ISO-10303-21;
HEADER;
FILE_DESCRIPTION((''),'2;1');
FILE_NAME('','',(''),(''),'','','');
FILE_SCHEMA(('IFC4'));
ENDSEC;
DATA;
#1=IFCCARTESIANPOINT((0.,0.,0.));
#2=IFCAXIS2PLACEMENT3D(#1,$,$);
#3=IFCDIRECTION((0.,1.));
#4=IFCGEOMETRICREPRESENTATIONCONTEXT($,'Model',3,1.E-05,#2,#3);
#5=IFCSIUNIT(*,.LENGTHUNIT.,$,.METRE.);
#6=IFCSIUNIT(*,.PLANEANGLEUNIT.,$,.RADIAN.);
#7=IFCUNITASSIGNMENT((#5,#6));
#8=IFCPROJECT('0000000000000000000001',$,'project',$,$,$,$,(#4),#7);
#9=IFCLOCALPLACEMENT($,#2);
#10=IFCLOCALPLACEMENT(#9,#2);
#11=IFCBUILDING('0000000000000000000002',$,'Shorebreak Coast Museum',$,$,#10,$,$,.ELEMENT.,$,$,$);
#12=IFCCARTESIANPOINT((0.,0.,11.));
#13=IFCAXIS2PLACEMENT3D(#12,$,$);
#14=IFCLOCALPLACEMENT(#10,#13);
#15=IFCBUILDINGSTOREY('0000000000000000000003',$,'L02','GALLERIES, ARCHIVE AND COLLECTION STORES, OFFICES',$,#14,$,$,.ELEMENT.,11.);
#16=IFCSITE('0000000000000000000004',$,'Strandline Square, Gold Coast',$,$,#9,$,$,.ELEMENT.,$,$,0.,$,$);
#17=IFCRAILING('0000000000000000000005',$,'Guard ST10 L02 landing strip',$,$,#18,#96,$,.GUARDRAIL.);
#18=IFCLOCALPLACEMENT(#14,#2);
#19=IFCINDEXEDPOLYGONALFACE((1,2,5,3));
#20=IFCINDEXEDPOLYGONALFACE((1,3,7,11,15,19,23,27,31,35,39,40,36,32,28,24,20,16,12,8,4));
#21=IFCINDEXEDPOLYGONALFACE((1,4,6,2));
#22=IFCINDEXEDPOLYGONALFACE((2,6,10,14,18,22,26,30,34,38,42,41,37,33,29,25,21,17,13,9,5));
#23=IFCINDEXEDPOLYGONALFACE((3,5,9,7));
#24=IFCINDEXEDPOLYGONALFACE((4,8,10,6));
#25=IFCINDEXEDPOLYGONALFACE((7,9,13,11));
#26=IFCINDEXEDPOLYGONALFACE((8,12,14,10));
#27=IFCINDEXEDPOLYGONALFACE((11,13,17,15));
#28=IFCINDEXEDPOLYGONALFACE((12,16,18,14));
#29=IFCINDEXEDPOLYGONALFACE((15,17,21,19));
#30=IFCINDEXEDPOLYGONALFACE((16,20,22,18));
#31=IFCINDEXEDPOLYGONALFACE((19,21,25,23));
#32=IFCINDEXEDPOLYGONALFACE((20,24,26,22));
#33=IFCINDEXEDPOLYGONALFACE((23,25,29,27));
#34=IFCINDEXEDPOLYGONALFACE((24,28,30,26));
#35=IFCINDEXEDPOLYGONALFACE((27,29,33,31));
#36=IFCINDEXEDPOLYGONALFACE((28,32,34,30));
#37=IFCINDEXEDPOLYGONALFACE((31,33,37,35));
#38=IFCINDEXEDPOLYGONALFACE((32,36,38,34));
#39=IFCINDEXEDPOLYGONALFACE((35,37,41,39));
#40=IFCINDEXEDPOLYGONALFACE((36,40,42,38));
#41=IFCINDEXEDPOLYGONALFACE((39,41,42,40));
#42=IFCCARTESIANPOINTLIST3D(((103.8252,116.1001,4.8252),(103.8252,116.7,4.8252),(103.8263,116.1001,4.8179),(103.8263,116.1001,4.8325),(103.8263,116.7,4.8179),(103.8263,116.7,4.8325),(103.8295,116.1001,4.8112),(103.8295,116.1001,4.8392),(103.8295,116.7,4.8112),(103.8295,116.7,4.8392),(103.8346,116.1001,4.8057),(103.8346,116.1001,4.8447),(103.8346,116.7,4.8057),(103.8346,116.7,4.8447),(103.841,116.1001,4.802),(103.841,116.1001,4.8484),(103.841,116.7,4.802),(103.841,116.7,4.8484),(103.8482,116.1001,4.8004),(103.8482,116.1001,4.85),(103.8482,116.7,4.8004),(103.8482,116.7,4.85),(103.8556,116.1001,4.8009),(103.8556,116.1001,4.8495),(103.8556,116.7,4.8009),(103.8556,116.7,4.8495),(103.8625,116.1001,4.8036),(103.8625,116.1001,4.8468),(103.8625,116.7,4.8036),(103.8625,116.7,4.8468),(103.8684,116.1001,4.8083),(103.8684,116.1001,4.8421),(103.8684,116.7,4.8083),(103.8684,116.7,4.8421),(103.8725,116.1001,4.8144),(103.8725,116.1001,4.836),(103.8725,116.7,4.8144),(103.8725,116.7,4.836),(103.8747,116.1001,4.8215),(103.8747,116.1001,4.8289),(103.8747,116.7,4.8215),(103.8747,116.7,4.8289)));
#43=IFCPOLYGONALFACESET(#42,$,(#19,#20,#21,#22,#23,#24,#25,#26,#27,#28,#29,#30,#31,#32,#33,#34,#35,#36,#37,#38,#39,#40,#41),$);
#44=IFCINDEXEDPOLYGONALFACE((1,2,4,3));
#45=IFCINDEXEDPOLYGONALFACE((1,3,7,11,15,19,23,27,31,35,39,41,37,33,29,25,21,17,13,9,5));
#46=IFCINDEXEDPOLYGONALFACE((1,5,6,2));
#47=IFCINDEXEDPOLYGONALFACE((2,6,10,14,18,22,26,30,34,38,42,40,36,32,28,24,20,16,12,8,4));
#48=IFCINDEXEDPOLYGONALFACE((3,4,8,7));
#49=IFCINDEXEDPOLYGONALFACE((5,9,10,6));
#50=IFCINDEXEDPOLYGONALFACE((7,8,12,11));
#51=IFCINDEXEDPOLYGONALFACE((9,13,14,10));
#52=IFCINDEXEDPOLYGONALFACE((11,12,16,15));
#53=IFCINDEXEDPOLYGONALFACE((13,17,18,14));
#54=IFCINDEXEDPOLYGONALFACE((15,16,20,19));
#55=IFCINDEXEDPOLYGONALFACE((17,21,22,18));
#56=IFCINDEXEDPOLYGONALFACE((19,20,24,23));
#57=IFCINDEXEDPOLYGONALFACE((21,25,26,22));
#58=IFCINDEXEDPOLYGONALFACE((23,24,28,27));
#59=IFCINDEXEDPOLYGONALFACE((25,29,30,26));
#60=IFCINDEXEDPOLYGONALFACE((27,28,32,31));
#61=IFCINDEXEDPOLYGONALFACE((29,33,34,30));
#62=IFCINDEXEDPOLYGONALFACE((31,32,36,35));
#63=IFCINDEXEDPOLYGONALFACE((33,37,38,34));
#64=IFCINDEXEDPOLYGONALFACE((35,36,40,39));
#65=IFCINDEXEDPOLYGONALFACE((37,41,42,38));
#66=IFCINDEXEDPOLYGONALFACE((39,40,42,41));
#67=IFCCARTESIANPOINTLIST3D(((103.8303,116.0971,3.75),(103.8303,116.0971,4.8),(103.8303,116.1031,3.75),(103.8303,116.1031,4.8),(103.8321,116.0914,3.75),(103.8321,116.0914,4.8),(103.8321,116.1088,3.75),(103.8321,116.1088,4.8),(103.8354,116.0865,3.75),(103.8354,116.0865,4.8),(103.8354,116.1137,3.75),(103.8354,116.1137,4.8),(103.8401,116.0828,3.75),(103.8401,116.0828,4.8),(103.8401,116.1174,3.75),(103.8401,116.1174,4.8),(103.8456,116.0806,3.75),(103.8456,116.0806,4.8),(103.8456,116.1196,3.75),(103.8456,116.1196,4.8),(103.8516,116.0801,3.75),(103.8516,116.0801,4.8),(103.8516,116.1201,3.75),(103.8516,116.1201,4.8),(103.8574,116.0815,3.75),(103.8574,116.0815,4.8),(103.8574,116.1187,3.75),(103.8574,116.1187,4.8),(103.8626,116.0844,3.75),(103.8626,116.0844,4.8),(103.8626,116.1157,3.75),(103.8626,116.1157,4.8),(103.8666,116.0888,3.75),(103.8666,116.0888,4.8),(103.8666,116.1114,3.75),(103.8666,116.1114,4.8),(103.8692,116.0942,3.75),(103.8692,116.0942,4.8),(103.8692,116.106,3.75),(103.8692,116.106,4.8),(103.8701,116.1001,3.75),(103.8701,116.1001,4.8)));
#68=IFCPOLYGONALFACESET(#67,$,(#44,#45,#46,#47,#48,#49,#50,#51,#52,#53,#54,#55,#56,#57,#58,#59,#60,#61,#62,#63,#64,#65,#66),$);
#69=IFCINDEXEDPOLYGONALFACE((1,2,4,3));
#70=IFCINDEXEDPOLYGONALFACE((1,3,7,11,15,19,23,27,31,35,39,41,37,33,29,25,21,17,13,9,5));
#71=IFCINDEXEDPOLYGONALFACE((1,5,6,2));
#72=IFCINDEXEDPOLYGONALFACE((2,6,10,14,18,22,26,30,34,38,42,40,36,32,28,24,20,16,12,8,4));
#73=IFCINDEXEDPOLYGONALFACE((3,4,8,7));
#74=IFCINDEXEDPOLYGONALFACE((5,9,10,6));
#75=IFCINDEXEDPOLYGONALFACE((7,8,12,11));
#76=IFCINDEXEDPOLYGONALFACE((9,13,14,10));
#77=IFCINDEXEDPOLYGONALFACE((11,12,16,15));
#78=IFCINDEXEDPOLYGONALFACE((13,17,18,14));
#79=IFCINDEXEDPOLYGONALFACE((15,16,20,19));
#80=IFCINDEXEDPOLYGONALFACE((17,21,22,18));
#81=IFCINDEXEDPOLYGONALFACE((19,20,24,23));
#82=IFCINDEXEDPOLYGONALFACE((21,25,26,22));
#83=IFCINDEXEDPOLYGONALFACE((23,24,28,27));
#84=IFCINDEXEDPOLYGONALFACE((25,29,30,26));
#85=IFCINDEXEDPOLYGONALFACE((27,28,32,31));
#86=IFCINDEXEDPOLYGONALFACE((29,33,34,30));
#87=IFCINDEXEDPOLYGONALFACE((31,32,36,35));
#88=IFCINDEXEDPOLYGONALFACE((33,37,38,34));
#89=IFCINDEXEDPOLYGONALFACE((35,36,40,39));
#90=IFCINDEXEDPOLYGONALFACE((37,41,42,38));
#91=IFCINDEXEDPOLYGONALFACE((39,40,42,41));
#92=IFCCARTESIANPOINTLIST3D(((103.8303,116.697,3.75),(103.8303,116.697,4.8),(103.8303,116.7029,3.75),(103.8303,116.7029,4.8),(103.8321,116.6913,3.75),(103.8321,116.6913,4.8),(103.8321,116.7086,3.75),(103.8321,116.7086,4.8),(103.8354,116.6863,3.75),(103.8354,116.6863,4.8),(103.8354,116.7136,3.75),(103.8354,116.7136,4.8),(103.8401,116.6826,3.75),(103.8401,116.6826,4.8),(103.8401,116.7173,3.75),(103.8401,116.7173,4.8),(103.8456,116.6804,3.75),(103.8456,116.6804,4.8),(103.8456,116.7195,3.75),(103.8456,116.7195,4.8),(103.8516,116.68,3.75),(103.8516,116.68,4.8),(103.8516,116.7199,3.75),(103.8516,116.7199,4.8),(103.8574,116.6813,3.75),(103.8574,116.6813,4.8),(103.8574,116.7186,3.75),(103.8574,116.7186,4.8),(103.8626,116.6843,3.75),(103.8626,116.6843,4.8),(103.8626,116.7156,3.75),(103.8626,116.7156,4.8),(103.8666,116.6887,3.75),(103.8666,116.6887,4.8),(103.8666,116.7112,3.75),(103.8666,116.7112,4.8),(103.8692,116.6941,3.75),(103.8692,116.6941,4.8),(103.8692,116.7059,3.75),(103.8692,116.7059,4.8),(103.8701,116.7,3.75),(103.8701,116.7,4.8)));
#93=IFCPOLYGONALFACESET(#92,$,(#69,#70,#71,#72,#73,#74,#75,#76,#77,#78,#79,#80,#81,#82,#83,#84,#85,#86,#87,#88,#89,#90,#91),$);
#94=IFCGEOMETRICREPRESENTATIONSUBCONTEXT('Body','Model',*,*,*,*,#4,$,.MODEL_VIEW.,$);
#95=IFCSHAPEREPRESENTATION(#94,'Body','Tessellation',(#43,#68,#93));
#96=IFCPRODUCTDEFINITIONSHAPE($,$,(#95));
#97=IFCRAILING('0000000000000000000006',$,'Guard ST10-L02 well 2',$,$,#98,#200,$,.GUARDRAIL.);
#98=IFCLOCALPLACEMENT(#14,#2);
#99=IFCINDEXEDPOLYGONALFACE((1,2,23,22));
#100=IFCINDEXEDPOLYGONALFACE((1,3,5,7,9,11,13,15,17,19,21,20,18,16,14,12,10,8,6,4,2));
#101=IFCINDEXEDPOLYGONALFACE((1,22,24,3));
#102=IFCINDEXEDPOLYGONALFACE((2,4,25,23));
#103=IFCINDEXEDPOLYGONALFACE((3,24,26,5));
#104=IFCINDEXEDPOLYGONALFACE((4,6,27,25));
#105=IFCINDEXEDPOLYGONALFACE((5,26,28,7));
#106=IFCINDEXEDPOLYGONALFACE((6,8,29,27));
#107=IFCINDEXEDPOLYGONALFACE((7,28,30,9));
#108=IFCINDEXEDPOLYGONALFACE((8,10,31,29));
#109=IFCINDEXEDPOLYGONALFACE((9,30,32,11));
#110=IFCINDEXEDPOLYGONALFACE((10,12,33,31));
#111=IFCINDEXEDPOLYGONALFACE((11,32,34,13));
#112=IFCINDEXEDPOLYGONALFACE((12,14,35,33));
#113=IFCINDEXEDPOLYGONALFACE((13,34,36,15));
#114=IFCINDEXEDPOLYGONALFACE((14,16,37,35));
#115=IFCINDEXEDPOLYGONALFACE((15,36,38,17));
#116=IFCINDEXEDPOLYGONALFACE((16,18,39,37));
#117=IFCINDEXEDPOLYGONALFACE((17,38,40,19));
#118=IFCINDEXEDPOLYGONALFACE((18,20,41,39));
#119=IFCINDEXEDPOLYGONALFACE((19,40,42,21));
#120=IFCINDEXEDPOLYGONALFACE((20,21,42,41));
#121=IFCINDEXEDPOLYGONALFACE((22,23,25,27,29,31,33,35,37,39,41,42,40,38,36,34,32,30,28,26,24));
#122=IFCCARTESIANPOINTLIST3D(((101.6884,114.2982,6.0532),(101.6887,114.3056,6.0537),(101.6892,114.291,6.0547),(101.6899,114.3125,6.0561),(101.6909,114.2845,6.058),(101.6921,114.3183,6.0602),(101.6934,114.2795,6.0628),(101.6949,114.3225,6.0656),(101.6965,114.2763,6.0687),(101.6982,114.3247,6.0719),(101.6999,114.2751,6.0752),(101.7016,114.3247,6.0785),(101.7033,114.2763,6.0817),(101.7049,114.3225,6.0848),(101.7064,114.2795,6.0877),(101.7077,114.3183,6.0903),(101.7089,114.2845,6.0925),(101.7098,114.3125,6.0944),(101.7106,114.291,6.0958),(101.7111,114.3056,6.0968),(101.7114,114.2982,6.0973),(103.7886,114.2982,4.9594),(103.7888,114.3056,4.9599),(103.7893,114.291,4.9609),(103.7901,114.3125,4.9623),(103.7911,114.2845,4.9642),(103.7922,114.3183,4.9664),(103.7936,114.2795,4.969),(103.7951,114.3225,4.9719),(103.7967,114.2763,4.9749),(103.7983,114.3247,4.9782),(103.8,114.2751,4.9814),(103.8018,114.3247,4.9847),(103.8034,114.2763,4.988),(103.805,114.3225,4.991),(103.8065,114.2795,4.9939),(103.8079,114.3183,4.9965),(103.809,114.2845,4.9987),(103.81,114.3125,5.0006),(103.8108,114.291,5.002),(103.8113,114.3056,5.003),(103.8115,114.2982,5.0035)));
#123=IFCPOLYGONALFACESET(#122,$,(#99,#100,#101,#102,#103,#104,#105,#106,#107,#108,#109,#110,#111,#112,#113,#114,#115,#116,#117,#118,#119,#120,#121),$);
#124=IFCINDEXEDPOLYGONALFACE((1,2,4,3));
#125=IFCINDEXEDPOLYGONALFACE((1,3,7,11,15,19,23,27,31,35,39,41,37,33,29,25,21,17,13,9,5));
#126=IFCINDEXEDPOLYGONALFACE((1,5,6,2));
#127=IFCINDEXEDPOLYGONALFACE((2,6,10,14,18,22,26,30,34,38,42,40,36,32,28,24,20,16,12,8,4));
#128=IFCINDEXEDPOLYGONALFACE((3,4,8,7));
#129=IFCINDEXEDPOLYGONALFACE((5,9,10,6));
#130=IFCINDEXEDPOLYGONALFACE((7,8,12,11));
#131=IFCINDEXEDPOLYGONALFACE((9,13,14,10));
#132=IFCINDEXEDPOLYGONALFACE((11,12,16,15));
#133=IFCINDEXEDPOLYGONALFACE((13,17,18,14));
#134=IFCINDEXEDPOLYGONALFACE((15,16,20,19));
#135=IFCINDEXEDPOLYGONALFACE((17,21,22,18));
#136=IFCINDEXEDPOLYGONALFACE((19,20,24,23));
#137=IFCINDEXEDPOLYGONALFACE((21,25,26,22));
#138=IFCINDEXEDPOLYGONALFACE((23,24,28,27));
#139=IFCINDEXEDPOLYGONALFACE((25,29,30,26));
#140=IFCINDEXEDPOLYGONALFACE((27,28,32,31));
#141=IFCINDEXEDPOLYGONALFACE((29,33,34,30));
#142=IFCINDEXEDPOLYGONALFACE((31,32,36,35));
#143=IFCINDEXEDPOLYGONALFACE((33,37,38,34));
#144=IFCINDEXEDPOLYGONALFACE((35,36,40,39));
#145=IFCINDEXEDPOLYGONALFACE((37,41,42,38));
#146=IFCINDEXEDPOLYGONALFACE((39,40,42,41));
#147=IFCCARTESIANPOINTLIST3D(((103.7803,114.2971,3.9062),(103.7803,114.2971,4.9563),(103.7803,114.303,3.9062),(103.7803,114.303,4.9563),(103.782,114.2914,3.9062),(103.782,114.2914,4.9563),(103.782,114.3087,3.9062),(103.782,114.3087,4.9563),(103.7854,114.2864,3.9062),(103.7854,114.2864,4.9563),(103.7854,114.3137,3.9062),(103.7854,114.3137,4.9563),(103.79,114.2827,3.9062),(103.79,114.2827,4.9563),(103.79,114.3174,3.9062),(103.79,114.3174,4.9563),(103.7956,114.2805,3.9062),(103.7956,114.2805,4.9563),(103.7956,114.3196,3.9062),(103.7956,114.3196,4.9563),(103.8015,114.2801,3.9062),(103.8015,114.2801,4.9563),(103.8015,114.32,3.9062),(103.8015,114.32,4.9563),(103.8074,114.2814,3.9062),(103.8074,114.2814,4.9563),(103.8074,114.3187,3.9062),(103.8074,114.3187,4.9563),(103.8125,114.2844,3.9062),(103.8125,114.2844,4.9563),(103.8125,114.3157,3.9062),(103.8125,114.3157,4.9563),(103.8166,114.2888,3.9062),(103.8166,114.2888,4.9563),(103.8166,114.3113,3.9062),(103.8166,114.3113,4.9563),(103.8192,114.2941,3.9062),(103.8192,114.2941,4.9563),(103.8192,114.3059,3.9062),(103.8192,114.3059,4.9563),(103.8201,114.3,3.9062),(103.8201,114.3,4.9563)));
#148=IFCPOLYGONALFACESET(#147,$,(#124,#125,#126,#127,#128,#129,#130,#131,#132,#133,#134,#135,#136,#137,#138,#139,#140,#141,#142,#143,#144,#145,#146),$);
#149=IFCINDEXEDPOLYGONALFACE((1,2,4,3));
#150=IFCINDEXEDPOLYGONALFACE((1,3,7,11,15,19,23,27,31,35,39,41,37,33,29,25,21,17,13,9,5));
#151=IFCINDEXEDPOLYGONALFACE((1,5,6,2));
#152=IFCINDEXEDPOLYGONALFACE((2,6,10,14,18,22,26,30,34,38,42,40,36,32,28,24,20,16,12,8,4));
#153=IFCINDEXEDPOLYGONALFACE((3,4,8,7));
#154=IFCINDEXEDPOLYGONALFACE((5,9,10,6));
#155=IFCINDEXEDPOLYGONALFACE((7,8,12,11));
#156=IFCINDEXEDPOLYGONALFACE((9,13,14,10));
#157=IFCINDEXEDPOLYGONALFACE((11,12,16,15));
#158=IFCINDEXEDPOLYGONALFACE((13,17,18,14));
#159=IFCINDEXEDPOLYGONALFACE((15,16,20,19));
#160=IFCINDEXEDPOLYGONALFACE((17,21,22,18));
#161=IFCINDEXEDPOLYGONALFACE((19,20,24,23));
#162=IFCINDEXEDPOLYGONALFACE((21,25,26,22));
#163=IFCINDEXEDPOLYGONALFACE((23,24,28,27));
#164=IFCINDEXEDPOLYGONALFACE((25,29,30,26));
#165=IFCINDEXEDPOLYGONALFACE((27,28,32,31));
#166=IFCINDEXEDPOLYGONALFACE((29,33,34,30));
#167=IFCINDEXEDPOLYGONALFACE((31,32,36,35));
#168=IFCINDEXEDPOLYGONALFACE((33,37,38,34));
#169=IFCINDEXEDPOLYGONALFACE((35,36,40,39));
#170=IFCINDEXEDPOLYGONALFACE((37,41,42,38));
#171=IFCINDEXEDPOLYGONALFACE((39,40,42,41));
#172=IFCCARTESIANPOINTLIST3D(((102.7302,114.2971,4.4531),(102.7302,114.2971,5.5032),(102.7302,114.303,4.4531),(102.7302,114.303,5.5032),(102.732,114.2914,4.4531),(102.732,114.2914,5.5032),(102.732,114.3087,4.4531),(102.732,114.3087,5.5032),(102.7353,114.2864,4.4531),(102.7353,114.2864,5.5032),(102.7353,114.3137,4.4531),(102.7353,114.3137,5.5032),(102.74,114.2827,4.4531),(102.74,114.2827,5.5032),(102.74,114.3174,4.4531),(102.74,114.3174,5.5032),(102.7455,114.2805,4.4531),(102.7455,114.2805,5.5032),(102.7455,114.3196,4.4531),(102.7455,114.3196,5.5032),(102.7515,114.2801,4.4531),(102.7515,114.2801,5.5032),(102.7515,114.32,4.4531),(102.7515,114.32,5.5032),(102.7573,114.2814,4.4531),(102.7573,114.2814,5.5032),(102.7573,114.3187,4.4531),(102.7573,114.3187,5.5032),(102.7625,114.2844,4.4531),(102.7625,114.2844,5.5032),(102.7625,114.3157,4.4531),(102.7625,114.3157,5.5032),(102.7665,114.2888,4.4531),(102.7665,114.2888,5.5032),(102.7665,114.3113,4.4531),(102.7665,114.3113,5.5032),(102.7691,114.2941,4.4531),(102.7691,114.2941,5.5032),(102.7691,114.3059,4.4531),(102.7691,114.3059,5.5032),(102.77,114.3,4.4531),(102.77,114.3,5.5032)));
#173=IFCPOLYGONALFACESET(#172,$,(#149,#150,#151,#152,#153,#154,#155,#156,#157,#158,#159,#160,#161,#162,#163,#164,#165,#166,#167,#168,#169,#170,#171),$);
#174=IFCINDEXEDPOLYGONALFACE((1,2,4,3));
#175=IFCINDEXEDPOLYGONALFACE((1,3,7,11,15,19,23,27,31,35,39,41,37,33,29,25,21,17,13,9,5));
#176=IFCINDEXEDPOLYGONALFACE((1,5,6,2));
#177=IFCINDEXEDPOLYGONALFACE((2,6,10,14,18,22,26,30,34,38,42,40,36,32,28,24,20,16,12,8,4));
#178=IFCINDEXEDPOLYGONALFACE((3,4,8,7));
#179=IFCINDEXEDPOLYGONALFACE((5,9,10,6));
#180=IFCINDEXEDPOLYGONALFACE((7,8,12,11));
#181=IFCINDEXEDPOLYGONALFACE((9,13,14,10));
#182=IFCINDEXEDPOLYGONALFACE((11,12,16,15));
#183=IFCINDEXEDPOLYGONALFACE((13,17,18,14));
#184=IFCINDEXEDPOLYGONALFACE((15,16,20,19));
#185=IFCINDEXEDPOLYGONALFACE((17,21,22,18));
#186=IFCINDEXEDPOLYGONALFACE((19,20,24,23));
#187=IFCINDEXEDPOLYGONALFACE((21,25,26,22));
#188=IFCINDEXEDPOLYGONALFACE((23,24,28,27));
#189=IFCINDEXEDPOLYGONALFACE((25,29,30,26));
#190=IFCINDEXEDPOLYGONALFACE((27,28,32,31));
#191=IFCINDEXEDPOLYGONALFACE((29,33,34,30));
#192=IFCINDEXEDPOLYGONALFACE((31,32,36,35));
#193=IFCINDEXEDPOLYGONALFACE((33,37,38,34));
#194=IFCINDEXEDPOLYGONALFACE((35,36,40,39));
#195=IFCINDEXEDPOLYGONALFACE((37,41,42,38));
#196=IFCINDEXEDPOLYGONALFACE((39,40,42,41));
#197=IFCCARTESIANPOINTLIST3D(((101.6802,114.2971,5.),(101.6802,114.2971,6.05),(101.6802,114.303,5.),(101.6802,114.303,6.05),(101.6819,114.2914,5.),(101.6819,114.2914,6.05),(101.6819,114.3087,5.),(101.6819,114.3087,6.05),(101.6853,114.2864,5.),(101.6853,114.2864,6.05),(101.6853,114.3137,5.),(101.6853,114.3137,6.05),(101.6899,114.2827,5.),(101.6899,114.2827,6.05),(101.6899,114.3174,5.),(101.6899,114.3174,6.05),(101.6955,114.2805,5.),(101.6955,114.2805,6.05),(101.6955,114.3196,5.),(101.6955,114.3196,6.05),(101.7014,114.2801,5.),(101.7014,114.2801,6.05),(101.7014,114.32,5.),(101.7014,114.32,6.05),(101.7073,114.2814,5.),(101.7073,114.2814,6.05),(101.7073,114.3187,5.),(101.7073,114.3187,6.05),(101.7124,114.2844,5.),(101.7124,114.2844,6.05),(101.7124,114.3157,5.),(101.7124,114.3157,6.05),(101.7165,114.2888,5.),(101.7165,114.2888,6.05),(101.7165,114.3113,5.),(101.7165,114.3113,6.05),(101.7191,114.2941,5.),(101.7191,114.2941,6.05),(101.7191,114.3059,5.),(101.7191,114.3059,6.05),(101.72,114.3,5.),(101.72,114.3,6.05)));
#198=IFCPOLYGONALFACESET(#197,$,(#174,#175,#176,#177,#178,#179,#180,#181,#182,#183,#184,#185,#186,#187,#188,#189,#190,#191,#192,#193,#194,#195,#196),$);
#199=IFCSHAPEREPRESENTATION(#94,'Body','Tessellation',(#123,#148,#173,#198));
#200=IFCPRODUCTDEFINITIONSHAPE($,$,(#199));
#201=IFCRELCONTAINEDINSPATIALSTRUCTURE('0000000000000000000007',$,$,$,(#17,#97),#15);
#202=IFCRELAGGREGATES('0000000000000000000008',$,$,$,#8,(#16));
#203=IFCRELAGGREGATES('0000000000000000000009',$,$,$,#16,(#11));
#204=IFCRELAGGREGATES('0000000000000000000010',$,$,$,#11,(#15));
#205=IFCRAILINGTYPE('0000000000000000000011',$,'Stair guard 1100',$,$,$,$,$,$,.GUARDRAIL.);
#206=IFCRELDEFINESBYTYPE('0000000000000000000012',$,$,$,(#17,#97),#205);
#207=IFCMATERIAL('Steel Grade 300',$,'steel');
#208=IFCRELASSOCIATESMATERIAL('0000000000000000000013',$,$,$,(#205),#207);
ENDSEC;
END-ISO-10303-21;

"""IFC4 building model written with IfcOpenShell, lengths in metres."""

from ifc_helpers import new_model, si_unit, direction, frame, origin, origin_2d, place, context, subcontext, project, spatial, circle, extrude, material, type_object, element, save


model = new_model("IFC4")

# Units and contexts
model_context = context("Model", 3, precision=1e-05, world=origin(), true_north=direction((0.0, 1.0)))
body_context = subcontext(model_context, "Body", "Model", "MODEL_VIEW")
ifc_project = project(units=[si_unit("LENGTHUNIT", "METRE"), si_unit("PLANEANGLEUNIT", "RADIAN")], contexts=[model_context])

# Site, building, storey
site_placement = place(None, origin())
site = spatial("IfcSite", under=ifc_project, at=site_placement, Name="Strandline Square, Gold Coast", CompositionType="ELEMENT", RefElevation=0.0)
building_placement = place(site_placement, origin())
building = spatial("IfcBuilding", under=site, at=building_placement, Name="Shorebreak Coast Museum", CompositionType="ELEMENT")
storey_placement = place(building_placement, frame((0.0, 0.0, 11.0)))
storey = spatial("IfcBuildingStorey", under=building, at=storey_placement, Name="L02", Description="GALLERIES, ARCHIVE AND COLLECTION STORES, OFFICES", CompositionType="ELEMENT", Elevation=11.0)

# Railings
ifc_material_1 = material(Name="Steel Grade 300", Category="steel")
railing_type_1 = type_object("IfcRailingType", Name="Stair guard 1100", PredefinedType="GUARDRAIL", material=ifc_material_1)
for number, where, name in (
    (1, (103.8501, 116.1001, 3.75), "Guard ST10 L02 landing strip"),
):
    element("IfcRailing", number, at=place(storey_placement, frame(where)), inside=storey, type_object=railing_type_1, Name=name, PredefinedType="GUARDRAIL", context=body_context, shape_type="SweptSolid", body=[
        extrude(circle(Radius=0.0249, at=origin_2d()), frame((0.0, 0.0, 1.0752), z_axis=(0.0, 1.0, 0.0), x_axis=(-1.0, 0.0, 0.0)), (0.0, 0.0, 1.0), 0.5999),
        extrude(circle(Radius=0.02, at=origin_2d()), origin(), (0.0, 0.0, 1.0), 1.05),
        extrude(circle(Radius=0.02, at=origin_2d()), frame((0.0, 0.5999, 0.0)), (0.0, 0.0, 1.0), 1.05),
    ])
for number, where, name in (
    (2, (103.8, 114.3, 3.9062), "Guard ST10-L02 well 2"),
):
    element("IfcRailing", number, at=place(storey_placement, frame(where)), inside=storey, type_object=railing_type_1, Name=name, PredefinedType="GUARDRAIL", context=body_context, shape_type="SweptSolid", body=[
        extrude(circle(Radius=0.0249, at=origin_2d()), frame((0.0, 0.0, 1.0752), z_axis=(-0.886923, 0.0, 0.461918), x_axis=(0.0, -1.0, 0.0)), (0.0, 0.0, 1.0), 2.3679),
        extrude(circle(Radius=0.02, at=origin_2d()), origin(), (0.0, 0.0, 1.0), 1.05),
        extrude(circle(Radius=0.02, at=origin_2d()), frame((-1.05, 0.0, 0.5469)), (0.0, 0.0, 1.0), 1.05),
        extrude(circle(Radius=0.02, at=origin_2d()), frame((-2.1001, 0.0, 1.0938)), (0.0, 0.0, 1.0), 1.05),
    ])

save(model, "model.ifc")
